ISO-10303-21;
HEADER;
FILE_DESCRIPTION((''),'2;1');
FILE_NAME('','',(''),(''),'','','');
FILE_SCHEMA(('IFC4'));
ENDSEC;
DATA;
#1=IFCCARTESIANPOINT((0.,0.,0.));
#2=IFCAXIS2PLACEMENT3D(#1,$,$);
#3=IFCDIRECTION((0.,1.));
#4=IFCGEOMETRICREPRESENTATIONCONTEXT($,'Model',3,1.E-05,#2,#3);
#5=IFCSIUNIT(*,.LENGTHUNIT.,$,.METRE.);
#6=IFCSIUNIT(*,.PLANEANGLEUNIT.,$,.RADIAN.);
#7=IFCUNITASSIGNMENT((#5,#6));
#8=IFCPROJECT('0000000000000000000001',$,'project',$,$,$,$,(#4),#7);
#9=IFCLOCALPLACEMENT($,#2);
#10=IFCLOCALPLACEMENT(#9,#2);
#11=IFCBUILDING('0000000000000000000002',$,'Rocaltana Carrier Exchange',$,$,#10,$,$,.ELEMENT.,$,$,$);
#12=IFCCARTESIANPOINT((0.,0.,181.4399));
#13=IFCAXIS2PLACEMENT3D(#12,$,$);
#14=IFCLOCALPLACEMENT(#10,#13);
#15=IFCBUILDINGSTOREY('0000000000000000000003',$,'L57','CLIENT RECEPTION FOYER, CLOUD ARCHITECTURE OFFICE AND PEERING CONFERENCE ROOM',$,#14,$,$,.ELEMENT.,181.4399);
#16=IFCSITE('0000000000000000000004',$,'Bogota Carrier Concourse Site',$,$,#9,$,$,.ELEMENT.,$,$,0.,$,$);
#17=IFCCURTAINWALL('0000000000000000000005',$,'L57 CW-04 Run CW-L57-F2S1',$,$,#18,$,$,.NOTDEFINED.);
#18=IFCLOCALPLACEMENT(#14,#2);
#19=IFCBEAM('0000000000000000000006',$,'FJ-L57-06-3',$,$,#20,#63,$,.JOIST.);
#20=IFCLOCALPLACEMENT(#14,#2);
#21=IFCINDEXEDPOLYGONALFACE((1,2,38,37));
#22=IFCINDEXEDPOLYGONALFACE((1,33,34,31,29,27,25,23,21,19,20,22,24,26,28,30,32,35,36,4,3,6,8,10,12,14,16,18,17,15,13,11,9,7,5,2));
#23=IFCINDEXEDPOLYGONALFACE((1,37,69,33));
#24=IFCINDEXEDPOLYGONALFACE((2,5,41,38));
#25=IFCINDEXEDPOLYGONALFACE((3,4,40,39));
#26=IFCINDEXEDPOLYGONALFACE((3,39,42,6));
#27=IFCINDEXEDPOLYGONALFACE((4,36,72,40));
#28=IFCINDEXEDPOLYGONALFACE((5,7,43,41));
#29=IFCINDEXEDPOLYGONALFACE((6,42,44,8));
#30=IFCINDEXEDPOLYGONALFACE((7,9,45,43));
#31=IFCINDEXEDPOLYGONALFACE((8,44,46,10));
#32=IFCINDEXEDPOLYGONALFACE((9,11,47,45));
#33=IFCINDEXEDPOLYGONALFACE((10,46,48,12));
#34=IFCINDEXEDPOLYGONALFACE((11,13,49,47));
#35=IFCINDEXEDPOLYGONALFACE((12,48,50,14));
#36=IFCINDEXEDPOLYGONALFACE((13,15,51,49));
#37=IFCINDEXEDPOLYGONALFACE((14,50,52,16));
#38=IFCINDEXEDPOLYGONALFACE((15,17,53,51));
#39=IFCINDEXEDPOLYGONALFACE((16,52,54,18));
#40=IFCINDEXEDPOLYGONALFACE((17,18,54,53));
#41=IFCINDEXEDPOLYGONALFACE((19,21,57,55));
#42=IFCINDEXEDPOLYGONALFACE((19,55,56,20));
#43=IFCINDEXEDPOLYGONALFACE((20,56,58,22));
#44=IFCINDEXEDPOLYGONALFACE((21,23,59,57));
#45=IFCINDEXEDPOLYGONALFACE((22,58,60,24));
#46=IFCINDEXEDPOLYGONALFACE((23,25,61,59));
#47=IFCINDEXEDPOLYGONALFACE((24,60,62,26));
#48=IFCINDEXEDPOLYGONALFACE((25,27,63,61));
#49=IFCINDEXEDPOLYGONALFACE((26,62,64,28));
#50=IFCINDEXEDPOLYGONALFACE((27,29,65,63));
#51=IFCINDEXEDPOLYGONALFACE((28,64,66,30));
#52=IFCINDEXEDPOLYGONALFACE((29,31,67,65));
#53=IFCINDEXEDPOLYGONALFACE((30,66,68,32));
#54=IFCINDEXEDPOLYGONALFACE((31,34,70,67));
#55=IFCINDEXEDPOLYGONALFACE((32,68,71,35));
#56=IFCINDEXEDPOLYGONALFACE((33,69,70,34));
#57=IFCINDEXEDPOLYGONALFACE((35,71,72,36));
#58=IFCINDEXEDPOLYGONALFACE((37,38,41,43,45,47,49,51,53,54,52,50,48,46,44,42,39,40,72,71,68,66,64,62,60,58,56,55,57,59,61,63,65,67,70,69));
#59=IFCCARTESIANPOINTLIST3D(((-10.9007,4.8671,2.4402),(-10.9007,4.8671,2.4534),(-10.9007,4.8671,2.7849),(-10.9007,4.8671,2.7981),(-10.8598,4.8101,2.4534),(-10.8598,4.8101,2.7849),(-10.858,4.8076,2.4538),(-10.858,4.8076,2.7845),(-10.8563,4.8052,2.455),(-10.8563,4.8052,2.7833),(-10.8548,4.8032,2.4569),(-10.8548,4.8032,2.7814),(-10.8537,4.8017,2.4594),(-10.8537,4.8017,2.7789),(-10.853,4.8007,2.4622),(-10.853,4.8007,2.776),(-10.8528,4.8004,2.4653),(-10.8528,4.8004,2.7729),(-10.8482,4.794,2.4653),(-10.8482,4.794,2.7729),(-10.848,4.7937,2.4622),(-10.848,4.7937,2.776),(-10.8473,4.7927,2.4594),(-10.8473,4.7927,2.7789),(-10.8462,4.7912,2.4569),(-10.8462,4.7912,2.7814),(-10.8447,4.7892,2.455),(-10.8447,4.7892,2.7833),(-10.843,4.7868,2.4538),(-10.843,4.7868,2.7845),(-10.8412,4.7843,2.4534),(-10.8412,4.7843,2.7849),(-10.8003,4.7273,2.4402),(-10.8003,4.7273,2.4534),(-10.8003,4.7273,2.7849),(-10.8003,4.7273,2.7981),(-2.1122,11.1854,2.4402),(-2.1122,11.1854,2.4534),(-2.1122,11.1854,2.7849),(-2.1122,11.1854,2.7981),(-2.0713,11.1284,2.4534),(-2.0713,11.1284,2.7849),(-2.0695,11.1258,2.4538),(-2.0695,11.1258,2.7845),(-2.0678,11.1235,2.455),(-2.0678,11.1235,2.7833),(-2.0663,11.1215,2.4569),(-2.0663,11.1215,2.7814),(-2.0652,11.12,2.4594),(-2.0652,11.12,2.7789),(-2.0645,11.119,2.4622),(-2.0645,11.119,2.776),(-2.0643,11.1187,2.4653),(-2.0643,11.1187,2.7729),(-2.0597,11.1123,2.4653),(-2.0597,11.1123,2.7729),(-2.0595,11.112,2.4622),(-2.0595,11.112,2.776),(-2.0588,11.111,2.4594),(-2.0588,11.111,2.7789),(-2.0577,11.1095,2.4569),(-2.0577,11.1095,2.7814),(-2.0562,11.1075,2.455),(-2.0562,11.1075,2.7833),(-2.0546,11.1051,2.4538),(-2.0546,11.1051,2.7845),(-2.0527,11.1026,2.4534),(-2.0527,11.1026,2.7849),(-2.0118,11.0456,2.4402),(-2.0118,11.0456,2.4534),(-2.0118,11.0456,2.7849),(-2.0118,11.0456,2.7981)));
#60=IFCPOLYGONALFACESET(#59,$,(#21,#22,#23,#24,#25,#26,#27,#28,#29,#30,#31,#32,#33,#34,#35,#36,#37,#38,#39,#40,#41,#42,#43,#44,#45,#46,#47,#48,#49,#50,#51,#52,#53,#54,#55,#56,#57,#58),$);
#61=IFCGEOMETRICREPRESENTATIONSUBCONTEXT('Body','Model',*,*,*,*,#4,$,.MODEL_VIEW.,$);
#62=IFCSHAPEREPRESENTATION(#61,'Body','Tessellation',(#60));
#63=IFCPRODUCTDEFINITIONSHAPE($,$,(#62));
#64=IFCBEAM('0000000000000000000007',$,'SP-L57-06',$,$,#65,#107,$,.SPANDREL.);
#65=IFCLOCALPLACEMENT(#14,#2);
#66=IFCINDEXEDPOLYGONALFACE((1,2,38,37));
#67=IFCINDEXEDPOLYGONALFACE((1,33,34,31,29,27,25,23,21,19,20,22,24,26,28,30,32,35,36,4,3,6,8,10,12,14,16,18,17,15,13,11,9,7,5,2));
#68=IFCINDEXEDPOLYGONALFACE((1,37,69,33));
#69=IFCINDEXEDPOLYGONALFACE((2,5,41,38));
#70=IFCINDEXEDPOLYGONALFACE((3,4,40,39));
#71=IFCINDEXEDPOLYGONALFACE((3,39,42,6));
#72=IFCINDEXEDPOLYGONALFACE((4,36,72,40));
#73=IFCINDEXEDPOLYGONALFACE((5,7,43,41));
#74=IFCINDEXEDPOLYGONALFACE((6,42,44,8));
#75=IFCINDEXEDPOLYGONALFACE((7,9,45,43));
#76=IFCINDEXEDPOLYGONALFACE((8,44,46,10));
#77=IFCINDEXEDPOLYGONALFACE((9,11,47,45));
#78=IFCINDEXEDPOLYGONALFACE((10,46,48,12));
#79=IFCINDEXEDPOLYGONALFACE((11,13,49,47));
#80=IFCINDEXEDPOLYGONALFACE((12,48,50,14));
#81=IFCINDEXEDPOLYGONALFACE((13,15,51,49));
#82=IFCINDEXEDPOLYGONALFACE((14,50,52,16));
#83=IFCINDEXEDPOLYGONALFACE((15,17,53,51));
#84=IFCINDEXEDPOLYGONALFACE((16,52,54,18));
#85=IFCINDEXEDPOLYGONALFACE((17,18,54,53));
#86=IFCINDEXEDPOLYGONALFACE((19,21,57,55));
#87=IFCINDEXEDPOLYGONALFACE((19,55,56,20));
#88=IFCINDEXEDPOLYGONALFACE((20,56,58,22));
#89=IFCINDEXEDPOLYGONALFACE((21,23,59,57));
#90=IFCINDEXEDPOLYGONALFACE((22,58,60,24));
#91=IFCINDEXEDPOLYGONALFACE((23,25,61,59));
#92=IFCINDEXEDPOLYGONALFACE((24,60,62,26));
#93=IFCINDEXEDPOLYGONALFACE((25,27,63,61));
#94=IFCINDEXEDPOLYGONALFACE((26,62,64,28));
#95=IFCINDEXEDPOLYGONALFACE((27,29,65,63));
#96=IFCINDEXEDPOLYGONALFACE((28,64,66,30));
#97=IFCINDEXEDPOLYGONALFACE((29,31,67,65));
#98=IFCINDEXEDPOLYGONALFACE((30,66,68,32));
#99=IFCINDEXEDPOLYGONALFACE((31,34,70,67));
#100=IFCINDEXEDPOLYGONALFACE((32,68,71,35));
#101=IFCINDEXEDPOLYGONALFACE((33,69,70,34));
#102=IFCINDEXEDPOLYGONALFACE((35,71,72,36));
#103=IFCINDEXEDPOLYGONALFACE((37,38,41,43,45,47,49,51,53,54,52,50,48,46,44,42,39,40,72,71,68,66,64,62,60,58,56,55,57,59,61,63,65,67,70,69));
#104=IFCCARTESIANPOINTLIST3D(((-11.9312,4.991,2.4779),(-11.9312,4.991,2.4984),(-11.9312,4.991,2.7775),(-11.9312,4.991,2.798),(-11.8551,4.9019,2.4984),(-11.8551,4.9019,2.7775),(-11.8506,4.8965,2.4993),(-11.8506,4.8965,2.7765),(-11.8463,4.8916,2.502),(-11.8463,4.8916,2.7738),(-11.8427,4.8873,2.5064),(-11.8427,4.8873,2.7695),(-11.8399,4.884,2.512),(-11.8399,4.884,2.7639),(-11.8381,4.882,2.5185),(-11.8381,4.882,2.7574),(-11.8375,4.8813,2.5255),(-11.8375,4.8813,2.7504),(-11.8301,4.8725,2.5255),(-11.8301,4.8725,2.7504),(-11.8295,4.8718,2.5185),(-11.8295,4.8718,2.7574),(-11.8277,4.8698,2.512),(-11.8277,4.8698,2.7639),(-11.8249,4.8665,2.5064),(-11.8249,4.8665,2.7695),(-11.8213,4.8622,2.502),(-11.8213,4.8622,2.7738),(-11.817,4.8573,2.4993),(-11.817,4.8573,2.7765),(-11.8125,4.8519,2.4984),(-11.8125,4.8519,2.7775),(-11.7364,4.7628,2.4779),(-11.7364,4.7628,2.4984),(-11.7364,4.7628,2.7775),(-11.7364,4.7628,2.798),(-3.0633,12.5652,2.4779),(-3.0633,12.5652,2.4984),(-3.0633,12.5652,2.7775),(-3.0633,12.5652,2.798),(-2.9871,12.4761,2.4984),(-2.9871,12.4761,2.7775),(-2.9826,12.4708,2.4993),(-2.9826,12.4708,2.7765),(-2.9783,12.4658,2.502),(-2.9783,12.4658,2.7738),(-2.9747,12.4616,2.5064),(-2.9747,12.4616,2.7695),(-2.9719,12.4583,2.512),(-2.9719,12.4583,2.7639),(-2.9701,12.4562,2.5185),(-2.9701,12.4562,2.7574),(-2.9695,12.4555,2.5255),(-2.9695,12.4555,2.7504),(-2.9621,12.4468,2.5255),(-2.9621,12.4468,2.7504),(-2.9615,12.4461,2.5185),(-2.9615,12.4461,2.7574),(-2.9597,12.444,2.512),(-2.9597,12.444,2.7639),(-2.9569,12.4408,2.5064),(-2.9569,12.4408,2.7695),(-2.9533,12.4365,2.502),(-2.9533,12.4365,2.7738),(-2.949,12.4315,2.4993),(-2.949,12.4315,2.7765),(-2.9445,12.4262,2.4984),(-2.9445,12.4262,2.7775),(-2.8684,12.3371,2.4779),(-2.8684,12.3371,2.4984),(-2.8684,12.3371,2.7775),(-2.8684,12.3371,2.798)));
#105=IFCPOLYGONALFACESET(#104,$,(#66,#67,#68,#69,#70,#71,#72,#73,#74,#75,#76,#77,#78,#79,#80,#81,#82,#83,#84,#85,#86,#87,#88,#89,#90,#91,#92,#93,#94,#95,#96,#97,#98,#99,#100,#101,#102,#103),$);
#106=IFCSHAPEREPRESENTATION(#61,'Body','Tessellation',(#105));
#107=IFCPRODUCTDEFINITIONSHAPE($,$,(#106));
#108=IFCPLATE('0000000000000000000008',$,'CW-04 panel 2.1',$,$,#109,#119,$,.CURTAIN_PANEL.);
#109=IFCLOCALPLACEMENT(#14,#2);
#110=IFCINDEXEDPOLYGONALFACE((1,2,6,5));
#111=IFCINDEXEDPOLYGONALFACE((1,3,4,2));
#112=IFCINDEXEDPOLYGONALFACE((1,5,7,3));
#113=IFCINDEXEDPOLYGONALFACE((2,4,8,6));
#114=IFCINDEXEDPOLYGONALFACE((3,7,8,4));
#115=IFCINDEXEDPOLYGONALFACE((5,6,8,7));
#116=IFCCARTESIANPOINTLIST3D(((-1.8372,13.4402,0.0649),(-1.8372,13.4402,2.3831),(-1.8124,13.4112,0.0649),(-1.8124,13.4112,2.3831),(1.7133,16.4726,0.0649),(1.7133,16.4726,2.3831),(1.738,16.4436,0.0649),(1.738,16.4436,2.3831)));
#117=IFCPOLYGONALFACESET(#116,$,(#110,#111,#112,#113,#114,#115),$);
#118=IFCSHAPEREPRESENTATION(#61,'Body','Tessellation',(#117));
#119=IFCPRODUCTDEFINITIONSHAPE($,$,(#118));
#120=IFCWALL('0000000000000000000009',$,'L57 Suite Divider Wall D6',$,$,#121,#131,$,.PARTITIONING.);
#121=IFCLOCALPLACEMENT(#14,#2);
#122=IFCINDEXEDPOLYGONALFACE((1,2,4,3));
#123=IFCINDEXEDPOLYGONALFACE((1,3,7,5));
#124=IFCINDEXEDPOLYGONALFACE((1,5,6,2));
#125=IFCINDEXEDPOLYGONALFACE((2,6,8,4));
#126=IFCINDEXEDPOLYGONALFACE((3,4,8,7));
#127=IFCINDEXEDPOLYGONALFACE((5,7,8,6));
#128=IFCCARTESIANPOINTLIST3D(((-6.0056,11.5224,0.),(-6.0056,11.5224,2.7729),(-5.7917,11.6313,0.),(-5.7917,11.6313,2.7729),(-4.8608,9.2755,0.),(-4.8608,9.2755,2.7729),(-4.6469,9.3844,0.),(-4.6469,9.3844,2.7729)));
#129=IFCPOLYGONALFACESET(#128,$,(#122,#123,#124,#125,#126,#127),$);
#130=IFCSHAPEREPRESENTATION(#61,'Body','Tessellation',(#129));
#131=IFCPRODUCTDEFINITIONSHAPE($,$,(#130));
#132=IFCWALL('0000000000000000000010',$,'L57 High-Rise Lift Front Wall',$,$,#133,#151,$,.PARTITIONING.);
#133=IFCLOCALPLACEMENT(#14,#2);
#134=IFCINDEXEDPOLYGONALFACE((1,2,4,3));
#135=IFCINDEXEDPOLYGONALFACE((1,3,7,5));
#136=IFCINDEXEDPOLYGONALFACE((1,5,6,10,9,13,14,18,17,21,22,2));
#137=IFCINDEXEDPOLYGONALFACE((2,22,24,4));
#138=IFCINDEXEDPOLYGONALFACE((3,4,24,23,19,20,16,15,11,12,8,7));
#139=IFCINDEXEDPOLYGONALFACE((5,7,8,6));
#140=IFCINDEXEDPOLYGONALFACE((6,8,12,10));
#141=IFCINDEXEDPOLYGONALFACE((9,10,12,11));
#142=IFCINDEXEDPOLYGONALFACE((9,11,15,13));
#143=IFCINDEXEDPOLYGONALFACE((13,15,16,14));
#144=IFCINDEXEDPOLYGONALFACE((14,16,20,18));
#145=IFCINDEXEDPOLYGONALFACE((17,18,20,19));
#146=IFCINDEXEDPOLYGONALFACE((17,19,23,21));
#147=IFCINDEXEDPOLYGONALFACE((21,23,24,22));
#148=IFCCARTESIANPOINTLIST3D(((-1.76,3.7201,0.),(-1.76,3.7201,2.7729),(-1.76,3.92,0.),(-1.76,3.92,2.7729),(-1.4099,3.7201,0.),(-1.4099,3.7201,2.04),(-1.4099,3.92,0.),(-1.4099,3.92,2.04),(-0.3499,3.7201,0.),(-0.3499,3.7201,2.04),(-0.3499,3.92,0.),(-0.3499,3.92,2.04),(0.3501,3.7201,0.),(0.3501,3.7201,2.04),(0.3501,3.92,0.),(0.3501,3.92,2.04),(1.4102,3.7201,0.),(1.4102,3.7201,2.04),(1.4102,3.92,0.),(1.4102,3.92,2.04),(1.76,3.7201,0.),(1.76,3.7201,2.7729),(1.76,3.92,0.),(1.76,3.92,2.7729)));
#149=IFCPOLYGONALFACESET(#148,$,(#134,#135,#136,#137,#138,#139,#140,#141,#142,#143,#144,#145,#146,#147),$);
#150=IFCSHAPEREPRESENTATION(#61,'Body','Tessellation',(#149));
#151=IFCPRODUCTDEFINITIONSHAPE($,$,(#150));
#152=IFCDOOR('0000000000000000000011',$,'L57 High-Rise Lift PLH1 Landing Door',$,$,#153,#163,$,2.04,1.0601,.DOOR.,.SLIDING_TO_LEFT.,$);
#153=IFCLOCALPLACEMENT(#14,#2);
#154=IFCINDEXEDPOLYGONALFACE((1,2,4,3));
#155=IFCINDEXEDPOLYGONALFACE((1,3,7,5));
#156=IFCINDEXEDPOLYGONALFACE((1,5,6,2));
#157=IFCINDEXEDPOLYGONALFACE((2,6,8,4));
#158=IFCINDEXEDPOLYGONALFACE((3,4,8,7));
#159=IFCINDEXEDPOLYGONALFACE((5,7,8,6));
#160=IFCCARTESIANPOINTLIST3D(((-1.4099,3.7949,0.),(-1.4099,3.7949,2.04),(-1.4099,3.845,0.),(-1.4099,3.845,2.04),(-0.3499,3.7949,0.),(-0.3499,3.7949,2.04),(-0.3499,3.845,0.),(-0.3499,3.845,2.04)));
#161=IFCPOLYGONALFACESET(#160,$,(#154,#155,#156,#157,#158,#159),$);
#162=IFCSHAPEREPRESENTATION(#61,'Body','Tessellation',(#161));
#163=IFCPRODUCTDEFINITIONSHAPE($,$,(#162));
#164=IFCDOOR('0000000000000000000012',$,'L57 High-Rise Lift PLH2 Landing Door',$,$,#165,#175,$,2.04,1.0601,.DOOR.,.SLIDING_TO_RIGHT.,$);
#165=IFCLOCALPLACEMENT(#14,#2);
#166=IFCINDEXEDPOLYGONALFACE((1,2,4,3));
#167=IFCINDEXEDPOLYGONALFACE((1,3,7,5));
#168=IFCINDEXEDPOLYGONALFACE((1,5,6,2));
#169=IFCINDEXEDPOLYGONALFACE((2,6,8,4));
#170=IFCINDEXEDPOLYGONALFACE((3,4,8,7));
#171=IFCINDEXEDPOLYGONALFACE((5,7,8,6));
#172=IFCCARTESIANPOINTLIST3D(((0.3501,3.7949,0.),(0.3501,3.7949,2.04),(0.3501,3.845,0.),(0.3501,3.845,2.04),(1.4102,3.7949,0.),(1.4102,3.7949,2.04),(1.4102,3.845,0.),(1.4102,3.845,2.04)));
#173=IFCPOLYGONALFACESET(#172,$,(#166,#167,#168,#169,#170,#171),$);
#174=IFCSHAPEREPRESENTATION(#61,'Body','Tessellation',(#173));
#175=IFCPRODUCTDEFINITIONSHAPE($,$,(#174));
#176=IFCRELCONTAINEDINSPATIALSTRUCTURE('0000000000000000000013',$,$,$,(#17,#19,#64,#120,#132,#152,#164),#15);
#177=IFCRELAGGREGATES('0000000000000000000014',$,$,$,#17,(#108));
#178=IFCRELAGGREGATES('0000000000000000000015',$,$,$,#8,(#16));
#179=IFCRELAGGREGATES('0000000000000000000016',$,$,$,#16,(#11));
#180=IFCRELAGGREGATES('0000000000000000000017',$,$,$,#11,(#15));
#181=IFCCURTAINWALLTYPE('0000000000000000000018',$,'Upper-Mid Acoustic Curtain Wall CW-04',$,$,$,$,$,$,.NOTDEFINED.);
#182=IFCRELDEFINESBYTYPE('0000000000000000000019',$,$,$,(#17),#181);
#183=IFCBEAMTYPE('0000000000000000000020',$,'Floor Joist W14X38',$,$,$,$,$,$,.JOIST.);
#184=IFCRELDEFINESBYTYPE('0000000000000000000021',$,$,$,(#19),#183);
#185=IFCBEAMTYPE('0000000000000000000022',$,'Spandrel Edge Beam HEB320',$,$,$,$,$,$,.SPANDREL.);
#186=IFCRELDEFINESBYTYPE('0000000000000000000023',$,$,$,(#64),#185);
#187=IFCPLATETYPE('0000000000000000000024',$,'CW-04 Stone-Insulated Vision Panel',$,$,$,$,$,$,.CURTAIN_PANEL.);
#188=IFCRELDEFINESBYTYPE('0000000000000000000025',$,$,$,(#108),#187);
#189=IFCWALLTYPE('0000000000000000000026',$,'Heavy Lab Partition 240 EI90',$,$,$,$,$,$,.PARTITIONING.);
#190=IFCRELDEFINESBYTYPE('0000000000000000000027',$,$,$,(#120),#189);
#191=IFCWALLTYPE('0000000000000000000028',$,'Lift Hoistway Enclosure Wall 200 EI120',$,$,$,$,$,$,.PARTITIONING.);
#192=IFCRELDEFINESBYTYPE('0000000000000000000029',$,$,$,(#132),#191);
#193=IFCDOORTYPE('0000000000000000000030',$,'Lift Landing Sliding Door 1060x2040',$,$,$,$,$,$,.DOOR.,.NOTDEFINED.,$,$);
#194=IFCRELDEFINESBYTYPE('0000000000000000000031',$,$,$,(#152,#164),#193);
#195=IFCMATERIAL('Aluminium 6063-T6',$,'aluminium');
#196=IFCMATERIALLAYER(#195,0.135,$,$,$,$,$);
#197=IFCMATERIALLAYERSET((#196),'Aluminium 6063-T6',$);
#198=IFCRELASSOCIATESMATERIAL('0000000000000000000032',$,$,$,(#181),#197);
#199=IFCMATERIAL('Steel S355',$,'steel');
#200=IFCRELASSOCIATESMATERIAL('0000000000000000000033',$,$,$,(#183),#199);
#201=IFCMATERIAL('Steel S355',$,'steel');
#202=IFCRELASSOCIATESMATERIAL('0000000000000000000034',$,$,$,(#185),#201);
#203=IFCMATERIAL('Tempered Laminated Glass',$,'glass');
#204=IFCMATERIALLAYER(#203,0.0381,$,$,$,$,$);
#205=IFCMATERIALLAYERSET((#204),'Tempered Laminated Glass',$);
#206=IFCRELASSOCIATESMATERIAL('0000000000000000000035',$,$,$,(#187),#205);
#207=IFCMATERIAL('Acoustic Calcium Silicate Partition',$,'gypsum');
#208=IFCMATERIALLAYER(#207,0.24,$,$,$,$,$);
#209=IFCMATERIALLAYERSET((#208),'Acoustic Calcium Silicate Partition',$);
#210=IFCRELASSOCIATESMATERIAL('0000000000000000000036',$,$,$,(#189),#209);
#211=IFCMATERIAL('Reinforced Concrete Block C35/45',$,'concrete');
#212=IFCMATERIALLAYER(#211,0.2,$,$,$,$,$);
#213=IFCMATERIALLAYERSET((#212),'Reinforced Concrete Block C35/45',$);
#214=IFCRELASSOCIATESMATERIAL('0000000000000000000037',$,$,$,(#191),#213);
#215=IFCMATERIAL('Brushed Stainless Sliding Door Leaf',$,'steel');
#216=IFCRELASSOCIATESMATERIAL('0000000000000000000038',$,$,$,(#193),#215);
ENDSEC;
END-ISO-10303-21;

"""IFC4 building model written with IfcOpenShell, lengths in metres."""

from ifc_helpers import new_model, si_unit, direction, frame, frame_2d, origin, origin_2d, place, context, subcontext, project, spatial, rectangle, i_section, extrude, material, layer, layer_set, material_profile, profile_set, type_object, element, fill, aggregate, save


model = new_model("IFC4")

# Units and contexts
model_context = context("Model", 3, precision=1e-05, world=origin(), true_north=direction((0.0, 1.0)))
body_context = subcontext(model_context, "Body", "Model", "MODEL_VIEW")
ifc_project = project(units=[si_unit("LENGTHUNIT", "METRE"), si_unit("PLANEANGLEUNIT", "RADIAN")], contexts=[model_context])

# Site, building, storey
site_placement = place(None, origin())
site = spatial("IfcSite", under=ifc_project, at=site_placement, Name="Bogota Carrier Concourse Site", CompositionType="ELEMENT", RefElevation=0.0)
building_placement = place(site_placement, origin())
building = spatial("IfcBuilding", under=site, at=building_placement, Name="Rocaltana Carrier Exchange", CompositionType="ELEMENT")
storey_placement = place(building_placement, frame((0.0, 0.0, 181.4399)))
storey = spatial("IfcBuildingStorey", under=building, at=storey_placement, Name="L57", Description="CLIENT RECEPTION FOYER, CLOUD ARCHITECTURE OFFICE AND PEERING CONFERENCE ROOM", CompositionType="ELEMENT", Elevation=181.4399)

# Curtain wall
ifc_material_1 = material(Name="Aluminium 6063-T6", Category="aluminium")
ifc_layer_1 = layer(ifc_material_1, 0.135)
ifc_layer_set_1 = layer_set([ifc_layer_1], Name="Aluminium 6063-T6")
curtain_wall_type = type_object("IfcCurtainWallType", Name="Upper-Mid Acoustic Curtain Wall CW-04", PredefinedType="NOTDEFINED", material=ifc_layer_set_1)
curtain_wall_1_placement = place(storey_placement, origin())
curtain_wall_1 = element("IfcCurtainWall", 1, at=curtain_wall_1_placement, inside=storey, type_object=curtain_wall_type, Name="L57 CW-04 Run CW-L57-F2S1", PredefinedType="NOTDEFINED")

# Beams
ifc_material_2 = material(Name="Steel S355", Category="steel")
ifc_material_profile_1 = material_profile(ifc_material_2, i_section(OverallWidth=0.1721, OverallDepth=0.3579, WebThickness=0.0078, FlangeThickness=0.0132, FilletRadius=0.012, at=origin_2d()), Name="W14X38")
ifc_profile_set_1 = profile_set([ifc_material_profile_1], Name="Steel S355")
beam_type_1 = type_object("IfcBeamType", Name="Floor Joist W14X38", PredefinedType="JOIST", material=ifc_profile_set_1)
beam_1_placement = place(storey_placement, frame((-2.062, 11.1155, 2.6191), z_axis=(-0.811947, -0.583732, 0.0), x_axis=(0.583732, -0.811947, 0.0)))
element("IfcBeam", 2, at=beam_1_placement, inside=storey, type_object=beam_type_1, Name="FJ-L57-06-3", PredefinedType="JOIST", context=body_context, shape_type="SweptSolid", body=[
    extrude(i_section(OverallWidth=0.1721, OverallDepth=0.3579, WebThickness=0.0078, FlangeThickness=0.0132, FilletRadius=0.012, at=origin_2d()), origin(), (0.0, 0.0, 1.0), 10.824),
])
ifc_material_3 = material(Name="Steel S355", Category="steel")
ifc_material_profile_2 = material_profile(ifc_material_3, i_section(OverallWidth=0.3, OverallDepth=0.3201, WebThickness=0.0115, FlangeThickness=0.0205, FilletRadius=0.0271, at=origin_2d()), Name="HEB320")
ifc_profile_set_2 = profile_set([ifc_material_profile_2], Name="Steel S355")
beam_type_2 = type_object("IfcBeamType", Name="Spandrel Edge Beam HEB320", PredefinedType="SPANDREL", material=ifc_profile_set_2)
beam_2_placement = place(storey_placement, frame((-2.9658, 12.4512, 2.6379), z_axis=(-0.760393, -0.649463, 0.0), x_axis=(0.649463, -0.760393, 0.0)))
element("IfcBeam", 3, at=beam_2_placement, inside=storey, type_object=beam_type_2, Name="SP-L57-06", PredefinedType="SPANDREL", context=body_context, shape_type="SweptSolid", body=[
    extrude(i_section(OverallWidth=0.3, OverallDepth=0.3201, WebThickness=0.0115, FlangeThickness=0.0205, FilletRadius=0.0271, at=origin_2d()), origin(), (0.0, 0.0, 1.0), 11.6624),
])

# Plate
ifc_material_4 = material(Name="Tempered Laminated Glass", Category="glass")
ifc_layer_2 = layer(ifc_material_4, 0.0381)
ifc_layer_set_2 = layer_set([ifc_layer_2], Name="Tempered Laminated Glass")
plate_type = type_object("IfcPlateType", Name="CW-04 Stone-Insulated Vision Panel", PredefinedType="CURTAIN_PANEL", material=ifc_layer_set_2)
plate_placement = place(storey_placement, frame((-0.0496, 14.9419, 0.0649), z_axis=(0.0, 0.0, 1.0), x_axis=(-0.760406, -0.649448, 0.0)))
plate = element("IfcPlate", 4, at=plate_placement, type_object=plate_type, Name="CW-04 panel 2.1", PredefinedType="CURTAIN_PANEL", context=body_context, shape_type="SweptSolid", body=[
    extrude(rectangle(XDim=4.6692, YDim=0.0381, at=origin_2d()), origin(), (0.0, 0.0, 1.0), 2.3181),
])
aggregate(curtain_wall_1, [plate])

# Wall
ifc_material_5 = material(Name="Acoustic Calcium Silicate Partition", Category="gypsum")
ifc_layer_3 = layer(ifc_material_5, 0.24)
ifc_layer_set_3 = layer_set([ifc_layer_3], Name="Acoustic Calcium Silicate Partition")
wall_type_1 = type_object("IfcWallType", Name="Heavy Lab Partition 240 EI90", PredefinedType="PARTITIONING", material=ifc_layer_set_3)
wall_1_placement = place(storey_placement, frame((-4.7539, 9.3301, 0.0), z_axis=(0.0, 0.0, 1.0), x_axis=(-0.453978, 0.891013, 0.0)))
element("IfcWall", 5, at=wall_1_placement, inside=storey, type_object=wall_type_1, Name="L57 Suite Divider Wall D6", PredefinedType="PARTITIONING", context=body_context, shape_type="SweptSolid", body=[
    extrude(rectangle(XDim=2.5217, YDim=0.24, at=frame_2d((1.2607, 0.0))), origin(), (0.0, 0.0, 1.0), 2.7729),
])

# Wall, openings, doors
ifc_material_6 = material(Name="Reinforced Concrete Block C35/45", Category="concrete")
ifc_layer_4 = layer(ifc_material_6, 0.2)
ifc_layer_set_4 = layer_set([ifc_layer_4], Name="Reinforced Concrete Block C35/45")
wall_type_2 = type_object("IfcWallType", Name="Lift Hoistway Enclosure Wall 200 EI120", PredefinedType="PARTITIONING", material=ifc_layer_set_4)
wall_2_placement = place(storey_placement, frame((-1.76, 3.8201, 0.0), z_axis=(0.0, 0.0, 1.0), x_axis=(1.0, 0.0, 0.0)))
wall_2 = element("IfcWall", 6, at=wall_2_placement, inside=storey, type_object=wall_type_2, Name="L57 High-Rise Lift Front Wall", PredefinedType="PARTITIONING", context=body_context, shape_type="SweptSolid", body=[
    extrude(rectangle(XDim=3.52, YDim=0.2, at=frame_2d((1.76, 0.0))), origin(), (0.0, 0.0, 1.0), 2.7729),
])
opening_1_placement = place(wall_2_placement, frame((0.3501, 0.0, 0.0)))
opening_1 = element("IfcOpeningElement", 7, at=opening_1_placement, cuts=wall_2, PredefinedType="OPENING", context=body_context, shape_type="SweptSolid", body=[
    extrude(rectangle(XDim=1.0601, YDim=2.04, at=frame_2d((0.53, 1.02))), frame((0.0, 0.1099, 0.0), z_axis=(0.0, -1.0, 0.0), x_axis=(1.0, 0.0, 0.0)), (0.0, 0.0, 1.0), 0.22),
])
opening_2_placement = place(wall_2_placement, frame((2.1101, 0.0, 0.0)))
opening_2 = element("IfcOpeningElement", 8, at=opening_2_placement, cuts=wall_2, PredefinedType="OPENING", context=body_context, shape_type="SweptSolid", body=[
    extrude(rectangle(XDim=1.0601, YDim=2.04, at=frame_2d((0.53, 1.02))), frame((0.0, 0.1099, 0.0), z_axis=(0.0, -1.0, 0.0), x_axis=(1.0, 0.0, 0.0)), (0.0, 0.0, 1.0), 0.22),
])
ifc_material_7 = material(Name="Brushed Stainless Sliding Door Leaf", Category="steel")
door_type = type_object("IfcDoorType", Name="Lift Landing Sliding Door 1060x2040", OperationType="NOTDEFINED", PredefinedType="DOOR", material=ifc_material_7)
door_1_placement = place(opening_1_placement, origin())
door_1 = element("IfcDoor", 9, at=door_1_placement, inside=storey, type_object=door_type, Name="L57 High-Rise Lift PLH1 Landing Door", OperationType="SLIDING_TO_LEFT", OverallHeight=2.04, OverallWidth=1.0601, PredefinedType="DOOR", context=body_context, shape_type="SweptSolid", body=[
    extrude(rectangle(XDim=1.0601, YDim=2.04, at=frame_2d((0.53, 1.02))), frame((0.0, 0.0249, 0.0), z_axis=(0.0, -1.0, 0.0), x_axis=(1.0, 0.0, 0.0)), (0.0, 0.0, 1.0), 0.05),
])
fill(opening_1, door_1)
door_2_placement = place(opening_2_placement, origin())
door_2 = element("IfcDoor", 10, at=door_2_placement, inside=storey, type_object=door_type, Name="L57 High-Rise Lift PLH2 Landing Door", OperationType="SLIDING_TO_RIGHT", OverallHeight=2.04, OverallWidth=1.0601, PredefinedType="DOOR", context=body_context, shape_type="SweptSolid", body=[
    extrude(rectangle(XDim=1.0601, YDim=2.04, at=frame_2d((0.53, 1.02))), frame((0.0, 0.0249, 0.0), z_axis=(0.0, -1.0, 0.0), x_axis=(1.0, 0.0, 0.0)), (0.0, 0.0, 1.0), 0.05),
])
fill(opening_2, door_2)

save(model, "model.ifc")
